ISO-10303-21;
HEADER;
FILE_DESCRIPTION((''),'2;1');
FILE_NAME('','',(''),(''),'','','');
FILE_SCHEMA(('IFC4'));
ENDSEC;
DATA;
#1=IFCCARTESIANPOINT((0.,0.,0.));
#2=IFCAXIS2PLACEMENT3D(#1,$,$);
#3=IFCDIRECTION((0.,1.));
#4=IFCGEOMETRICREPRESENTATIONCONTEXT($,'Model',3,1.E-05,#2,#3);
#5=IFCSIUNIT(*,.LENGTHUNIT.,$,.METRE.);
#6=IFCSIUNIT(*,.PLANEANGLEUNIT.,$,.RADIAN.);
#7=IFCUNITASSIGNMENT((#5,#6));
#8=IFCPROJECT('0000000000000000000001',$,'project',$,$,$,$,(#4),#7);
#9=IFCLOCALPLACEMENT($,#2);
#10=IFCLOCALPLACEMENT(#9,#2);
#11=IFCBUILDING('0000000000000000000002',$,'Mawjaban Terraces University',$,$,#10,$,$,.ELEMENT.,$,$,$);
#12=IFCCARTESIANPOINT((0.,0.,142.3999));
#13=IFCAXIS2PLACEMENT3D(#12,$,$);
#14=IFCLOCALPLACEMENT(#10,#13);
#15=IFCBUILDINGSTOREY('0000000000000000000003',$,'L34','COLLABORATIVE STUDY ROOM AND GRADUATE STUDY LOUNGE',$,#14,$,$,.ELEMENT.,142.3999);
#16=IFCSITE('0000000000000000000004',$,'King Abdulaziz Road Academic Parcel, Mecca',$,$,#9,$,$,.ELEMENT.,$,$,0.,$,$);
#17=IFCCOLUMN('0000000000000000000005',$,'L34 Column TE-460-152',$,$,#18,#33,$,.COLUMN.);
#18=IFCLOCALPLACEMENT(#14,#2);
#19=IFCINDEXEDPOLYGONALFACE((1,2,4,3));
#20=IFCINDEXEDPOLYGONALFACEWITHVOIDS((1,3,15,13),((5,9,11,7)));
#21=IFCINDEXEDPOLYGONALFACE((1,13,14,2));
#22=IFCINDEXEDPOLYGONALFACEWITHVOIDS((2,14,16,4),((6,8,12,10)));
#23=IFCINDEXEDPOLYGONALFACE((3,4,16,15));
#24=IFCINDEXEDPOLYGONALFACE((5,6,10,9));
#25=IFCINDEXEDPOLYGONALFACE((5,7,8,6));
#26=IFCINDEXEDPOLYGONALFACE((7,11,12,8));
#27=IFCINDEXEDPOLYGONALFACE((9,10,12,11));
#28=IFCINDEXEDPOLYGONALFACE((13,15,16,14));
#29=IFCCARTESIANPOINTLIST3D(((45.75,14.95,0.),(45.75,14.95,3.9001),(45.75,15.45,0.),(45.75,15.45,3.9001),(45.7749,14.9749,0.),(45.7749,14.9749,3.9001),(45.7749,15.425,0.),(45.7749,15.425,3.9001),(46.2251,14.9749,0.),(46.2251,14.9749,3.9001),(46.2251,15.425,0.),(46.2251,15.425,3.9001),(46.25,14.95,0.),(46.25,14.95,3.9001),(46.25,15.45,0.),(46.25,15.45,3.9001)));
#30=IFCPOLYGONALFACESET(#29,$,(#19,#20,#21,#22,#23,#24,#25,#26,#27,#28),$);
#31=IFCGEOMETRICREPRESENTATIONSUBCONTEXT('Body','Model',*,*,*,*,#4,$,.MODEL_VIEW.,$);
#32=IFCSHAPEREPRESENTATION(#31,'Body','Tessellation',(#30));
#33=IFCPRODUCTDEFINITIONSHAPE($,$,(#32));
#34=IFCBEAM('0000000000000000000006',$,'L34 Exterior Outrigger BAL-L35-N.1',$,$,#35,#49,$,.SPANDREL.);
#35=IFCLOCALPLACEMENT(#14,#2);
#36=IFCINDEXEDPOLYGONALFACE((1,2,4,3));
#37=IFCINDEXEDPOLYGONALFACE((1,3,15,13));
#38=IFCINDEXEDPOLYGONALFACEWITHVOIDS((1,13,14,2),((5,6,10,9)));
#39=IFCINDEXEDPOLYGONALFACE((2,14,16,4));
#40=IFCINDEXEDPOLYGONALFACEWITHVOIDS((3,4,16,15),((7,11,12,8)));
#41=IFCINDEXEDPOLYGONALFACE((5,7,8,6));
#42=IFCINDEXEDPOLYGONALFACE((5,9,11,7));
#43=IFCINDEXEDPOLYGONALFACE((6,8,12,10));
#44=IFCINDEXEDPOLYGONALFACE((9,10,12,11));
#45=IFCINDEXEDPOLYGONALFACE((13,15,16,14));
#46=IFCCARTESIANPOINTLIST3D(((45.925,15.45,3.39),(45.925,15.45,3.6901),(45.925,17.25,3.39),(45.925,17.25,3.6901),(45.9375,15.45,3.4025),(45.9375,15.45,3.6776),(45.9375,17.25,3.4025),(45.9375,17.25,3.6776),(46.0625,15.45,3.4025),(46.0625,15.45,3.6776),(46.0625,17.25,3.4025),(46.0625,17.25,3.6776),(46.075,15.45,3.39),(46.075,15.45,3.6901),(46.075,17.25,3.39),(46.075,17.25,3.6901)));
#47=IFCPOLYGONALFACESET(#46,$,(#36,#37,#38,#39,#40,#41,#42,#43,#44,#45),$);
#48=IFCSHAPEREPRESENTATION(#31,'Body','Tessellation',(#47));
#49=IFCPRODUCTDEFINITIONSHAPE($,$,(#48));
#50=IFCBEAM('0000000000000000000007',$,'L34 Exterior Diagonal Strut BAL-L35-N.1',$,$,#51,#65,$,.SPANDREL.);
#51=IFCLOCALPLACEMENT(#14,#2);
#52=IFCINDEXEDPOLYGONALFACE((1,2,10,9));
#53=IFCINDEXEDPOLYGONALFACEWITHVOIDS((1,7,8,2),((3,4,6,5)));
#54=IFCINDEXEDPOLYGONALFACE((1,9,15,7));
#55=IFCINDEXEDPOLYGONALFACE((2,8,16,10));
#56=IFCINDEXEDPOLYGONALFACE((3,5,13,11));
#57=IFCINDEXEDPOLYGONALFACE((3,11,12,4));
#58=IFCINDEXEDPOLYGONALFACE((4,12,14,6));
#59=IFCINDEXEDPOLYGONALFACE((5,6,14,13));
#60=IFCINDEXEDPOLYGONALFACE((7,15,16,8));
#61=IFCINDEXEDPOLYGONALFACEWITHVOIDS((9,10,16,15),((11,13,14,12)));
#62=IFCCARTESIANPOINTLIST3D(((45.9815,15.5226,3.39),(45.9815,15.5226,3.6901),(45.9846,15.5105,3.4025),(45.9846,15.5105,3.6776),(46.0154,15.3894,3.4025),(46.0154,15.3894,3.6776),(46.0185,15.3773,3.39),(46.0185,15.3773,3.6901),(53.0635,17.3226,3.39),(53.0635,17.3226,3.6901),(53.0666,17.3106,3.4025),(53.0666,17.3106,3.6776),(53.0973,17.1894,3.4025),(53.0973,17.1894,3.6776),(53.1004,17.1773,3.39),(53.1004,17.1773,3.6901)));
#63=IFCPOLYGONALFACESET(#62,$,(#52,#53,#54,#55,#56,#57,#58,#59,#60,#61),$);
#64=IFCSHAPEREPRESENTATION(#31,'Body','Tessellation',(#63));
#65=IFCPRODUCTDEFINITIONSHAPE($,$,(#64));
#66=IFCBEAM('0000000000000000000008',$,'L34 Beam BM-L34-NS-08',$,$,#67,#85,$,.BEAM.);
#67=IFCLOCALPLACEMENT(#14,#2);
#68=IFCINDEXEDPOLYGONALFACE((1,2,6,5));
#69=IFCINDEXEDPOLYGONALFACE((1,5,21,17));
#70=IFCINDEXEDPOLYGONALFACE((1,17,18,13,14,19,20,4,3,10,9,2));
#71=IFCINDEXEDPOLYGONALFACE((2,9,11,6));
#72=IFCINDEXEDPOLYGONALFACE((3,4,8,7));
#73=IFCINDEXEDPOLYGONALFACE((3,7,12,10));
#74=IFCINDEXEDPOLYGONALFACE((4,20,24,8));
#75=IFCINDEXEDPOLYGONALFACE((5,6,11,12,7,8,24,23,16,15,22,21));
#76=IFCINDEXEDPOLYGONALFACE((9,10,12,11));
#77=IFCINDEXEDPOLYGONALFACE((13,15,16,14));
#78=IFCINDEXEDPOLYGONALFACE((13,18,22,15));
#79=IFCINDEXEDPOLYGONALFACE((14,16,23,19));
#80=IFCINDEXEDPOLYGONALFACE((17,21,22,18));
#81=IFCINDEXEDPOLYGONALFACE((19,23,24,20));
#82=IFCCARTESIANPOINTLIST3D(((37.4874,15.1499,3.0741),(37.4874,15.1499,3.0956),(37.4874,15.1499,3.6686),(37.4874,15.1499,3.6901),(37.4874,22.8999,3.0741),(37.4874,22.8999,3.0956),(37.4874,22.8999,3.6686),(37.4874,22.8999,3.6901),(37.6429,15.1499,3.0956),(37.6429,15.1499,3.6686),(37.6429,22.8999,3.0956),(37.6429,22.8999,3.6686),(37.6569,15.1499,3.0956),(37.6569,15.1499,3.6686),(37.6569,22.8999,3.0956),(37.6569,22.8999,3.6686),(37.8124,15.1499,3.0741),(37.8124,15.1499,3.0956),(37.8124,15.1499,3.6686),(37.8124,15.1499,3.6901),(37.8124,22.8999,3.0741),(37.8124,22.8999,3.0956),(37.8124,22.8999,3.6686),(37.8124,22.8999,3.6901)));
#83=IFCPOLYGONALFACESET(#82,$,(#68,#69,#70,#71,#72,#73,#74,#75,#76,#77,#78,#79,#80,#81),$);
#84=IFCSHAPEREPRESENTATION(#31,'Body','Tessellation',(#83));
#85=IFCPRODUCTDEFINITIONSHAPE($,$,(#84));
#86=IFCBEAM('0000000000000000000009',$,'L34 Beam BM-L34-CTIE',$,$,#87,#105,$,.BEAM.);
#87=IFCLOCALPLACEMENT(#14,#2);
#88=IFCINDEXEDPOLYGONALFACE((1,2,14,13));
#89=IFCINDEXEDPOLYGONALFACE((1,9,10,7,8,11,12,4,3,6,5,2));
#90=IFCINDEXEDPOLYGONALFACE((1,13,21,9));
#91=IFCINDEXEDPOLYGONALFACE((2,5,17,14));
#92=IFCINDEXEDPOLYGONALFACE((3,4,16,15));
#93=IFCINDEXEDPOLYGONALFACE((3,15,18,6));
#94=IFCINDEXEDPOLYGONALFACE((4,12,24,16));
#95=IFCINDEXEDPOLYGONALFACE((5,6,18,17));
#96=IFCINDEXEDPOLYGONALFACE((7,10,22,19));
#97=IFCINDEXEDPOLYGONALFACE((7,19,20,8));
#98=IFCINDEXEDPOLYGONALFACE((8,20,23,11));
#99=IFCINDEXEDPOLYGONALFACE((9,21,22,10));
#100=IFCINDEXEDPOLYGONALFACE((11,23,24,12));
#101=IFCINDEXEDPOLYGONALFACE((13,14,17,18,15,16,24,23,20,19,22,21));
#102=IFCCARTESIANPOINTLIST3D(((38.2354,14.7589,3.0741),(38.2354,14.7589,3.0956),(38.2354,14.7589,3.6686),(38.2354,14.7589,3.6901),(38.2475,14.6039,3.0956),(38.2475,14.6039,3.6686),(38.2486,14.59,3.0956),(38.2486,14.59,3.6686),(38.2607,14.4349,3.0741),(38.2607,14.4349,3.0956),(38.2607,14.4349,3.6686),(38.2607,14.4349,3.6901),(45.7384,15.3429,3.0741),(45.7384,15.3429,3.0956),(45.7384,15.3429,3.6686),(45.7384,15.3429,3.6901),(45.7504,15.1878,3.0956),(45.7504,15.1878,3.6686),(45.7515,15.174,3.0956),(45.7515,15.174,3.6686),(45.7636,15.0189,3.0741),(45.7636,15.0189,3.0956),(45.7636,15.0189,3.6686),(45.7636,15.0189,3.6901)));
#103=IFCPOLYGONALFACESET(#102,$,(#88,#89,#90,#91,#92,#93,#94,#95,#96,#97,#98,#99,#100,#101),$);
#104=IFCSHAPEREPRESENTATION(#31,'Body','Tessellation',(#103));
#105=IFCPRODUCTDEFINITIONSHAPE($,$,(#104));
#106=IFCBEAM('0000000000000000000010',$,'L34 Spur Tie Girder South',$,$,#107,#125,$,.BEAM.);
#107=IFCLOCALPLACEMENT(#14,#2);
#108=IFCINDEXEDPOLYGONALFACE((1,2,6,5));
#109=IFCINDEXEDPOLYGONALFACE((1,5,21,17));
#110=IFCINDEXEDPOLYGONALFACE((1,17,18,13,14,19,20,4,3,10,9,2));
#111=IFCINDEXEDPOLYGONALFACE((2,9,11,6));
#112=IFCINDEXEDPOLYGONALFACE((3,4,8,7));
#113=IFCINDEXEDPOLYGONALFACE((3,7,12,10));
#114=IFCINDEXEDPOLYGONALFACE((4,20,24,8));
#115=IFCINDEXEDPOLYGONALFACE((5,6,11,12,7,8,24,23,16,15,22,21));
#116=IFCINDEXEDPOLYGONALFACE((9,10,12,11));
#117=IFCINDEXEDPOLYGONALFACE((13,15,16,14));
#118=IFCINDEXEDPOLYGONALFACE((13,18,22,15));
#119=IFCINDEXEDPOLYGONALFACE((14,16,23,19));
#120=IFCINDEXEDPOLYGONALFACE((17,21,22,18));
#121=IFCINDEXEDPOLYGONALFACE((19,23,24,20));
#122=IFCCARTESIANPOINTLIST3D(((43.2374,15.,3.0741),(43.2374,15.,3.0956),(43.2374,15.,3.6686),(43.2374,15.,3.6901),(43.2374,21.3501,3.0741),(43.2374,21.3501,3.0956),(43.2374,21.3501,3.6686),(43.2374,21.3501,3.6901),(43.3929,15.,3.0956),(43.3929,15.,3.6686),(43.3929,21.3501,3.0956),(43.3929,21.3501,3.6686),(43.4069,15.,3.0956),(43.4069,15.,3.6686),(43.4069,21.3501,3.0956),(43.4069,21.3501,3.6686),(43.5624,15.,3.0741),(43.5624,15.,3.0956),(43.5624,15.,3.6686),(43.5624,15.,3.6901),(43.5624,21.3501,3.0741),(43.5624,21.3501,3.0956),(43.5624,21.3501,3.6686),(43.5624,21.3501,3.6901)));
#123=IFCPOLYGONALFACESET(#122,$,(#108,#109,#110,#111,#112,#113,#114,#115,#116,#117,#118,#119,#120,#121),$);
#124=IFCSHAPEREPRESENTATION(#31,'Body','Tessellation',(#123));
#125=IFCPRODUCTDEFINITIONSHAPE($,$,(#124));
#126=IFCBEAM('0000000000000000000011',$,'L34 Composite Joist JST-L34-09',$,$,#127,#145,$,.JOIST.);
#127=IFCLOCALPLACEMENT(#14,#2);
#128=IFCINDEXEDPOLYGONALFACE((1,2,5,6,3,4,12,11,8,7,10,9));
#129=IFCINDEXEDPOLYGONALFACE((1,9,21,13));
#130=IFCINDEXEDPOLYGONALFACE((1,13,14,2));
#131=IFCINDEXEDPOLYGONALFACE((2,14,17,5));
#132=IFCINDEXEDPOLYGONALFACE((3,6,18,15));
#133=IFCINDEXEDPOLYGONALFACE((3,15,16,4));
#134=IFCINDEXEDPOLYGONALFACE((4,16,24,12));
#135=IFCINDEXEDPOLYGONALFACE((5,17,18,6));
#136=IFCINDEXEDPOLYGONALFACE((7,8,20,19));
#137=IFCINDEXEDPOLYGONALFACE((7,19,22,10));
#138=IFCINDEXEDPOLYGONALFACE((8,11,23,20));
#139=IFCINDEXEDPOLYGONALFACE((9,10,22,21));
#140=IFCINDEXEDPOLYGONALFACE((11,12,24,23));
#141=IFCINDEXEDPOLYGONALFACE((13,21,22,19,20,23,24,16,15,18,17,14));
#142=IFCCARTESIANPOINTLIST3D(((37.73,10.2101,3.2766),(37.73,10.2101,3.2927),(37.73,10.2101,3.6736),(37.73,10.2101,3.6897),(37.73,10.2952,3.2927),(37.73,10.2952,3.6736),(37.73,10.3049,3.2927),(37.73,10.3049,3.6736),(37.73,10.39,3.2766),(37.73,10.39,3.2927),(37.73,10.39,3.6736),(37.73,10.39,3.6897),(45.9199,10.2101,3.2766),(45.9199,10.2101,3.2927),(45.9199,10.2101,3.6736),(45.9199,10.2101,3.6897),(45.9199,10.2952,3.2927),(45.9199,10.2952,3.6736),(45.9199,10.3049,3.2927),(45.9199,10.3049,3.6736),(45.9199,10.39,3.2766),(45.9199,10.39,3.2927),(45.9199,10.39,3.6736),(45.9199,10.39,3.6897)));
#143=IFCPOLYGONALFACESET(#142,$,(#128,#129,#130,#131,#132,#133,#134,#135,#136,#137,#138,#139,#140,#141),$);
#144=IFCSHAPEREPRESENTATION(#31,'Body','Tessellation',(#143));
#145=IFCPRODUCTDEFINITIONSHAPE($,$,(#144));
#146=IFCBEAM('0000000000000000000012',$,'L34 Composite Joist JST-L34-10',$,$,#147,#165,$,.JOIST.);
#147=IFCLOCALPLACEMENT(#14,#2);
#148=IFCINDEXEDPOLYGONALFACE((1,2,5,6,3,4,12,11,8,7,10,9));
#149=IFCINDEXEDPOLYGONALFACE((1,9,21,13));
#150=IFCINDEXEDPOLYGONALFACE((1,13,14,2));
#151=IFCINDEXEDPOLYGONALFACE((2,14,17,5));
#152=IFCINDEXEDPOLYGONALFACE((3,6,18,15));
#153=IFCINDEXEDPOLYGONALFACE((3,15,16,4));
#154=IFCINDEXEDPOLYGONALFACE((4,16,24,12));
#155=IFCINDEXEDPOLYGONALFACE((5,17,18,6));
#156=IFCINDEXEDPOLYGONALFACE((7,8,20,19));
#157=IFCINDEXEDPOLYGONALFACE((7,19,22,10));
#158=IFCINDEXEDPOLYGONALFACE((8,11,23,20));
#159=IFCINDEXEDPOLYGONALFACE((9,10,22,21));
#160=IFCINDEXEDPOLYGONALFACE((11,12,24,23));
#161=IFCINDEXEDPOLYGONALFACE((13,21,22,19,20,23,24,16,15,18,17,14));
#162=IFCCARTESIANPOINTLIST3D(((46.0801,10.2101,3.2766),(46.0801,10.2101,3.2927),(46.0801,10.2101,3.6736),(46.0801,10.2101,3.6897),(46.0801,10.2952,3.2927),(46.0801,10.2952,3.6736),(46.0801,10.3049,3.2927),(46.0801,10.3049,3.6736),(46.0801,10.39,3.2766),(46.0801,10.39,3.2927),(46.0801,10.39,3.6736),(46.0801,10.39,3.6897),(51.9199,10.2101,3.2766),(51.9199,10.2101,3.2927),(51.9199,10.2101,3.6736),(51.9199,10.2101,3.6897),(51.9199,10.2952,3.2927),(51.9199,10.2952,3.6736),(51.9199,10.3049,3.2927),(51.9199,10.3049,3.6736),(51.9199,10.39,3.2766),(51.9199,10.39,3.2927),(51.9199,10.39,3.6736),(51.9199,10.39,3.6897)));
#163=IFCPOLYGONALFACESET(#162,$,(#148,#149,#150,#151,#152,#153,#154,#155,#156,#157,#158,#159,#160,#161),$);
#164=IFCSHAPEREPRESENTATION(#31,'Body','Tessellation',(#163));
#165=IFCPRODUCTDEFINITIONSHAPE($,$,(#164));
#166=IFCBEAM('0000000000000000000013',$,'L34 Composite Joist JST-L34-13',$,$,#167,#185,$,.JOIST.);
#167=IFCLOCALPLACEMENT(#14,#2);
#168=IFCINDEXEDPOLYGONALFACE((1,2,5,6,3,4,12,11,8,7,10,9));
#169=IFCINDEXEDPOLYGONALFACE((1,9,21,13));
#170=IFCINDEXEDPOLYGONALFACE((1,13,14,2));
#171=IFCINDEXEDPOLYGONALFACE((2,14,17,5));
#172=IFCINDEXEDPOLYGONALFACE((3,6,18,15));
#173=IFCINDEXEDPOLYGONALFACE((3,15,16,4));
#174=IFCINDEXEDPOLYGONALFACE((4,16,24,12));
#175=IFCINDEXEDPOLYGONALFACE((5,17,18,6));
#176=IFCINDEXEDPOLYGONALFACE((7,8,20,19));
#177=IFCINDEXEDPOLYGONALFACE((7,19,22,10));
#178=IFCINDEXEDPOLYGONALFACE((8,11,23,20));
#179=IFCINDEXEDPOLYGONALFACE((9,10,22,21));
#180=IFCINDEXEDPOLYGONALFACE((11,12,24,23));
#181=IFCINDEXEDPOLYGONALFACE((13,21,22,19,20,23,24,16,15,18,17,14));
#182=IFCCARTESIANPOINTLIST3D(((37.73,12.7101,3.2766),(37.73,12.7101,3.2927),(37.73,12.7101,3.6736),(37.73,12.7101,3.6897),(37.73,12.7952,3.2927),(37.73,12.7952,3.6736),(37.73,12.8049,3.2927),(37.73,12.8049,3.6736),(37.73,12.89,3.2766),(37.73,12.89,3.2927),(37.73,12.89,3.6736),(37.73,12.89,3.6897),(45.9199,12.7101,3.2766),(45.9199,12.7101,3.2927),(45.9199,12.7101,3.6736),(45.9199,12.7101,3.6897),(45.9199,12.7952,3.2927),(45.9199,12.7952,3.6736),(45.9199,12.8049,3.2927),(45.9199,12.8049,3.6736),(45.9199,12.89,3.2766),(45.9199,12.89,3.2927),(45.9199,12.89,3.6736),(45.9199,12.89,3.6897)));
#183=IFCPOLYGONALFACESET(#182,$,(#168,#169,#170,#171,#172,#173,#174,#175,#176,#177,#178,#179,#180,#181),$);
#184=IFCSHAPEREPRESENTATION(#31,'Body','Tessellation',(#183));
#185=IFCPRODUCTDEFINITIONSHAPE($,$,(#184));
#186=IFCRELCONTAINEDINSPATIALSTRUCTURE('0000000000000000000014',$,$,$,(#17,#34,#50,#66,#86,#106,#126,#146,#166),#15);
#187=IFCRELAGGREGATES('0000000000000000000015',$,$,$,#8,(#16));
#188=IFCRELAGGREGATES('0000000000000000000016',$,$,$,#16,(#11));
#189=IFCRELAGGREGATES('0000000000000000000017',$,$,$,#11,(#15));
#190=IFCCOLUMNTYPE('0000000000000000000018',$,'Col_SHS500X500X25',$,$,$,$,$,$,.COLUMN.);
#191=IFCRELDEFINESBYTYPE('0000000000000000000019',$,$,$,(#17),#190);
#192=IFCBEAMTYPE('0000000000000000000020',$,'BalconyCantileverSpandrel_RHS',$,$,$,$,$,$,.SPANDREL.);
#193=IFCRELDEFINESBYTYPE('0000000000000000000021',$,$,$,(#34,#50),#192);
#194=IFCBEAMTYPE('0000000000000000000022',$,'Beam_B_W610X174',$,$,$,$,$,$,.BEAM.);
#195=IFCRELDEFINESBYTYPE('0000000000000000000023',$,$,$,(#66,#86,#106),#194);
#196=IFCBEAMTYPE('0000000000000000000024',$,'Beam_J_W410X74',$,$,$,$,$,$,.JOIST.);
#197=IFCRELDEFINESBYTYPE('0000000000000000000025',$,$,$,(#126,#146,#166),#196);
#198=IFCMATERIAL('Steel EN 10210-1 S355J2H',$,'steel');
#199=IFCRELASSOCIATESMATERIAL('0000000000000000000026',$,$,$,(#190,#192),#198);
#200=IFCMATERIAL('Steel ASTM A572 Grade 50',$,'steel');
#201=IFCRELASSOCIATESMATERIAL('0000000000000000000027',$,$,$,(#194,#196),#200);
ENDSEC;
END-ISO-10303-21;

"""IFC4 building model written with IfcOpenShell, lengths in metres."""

from ifc_helpers import new_model, si_unit, direction, frame, origin, origin_2d, place, context, subcontext, project, spatial, hollow_rectangle, i_section, extrude, material, material_profile, profile_set, type_object, element, save


model = new_model("IFC4")

# Units and contexts
model_context = context("Model", 3, precision=1e-05, world=origin(), true_north=direction((0.0, 1.0)))
body_context = subcontext(model_context, "Body", "Model", "MODEL_VIEW")
ifc_project = project(units=[si_unit("LENGTHUNIT", "METRE"), si_unit("PLANEANGLEUNIT", "RADIAN")], contexts=[model_context])

# Site, building, storey
site_placement = place(None, origin())
site = spatial("IfcSite", under=ifc_project, at=site_placement, Name="King Abdulaziz Road Academic Parcel, Mecca", CompositionType="ELEMENT", RefElevation=0.0)
building_placement = place(site_placement, origin())
building = spatial("IfcBuilding", under=site, at=building_placement, Name="Mawjaban Terraces University", CompositionType="ELEMENT")
storey_placement = place(building_placement, frame((0.0, 0.0, 142.3999)))
storey = spatial("IfcBuildingStorey", under=building, at=storey_placement, Name="L34", Description="COLLABORATIVE STUDY ROOM AND GRADUATE STUDY LOUNGE", CompositionType="ELEMENT", Elevation=142.3999)

# Column
ifc_material_1 = material(Name="Steel EN 10210-1 S355J2H", Category="steel")
ifc_material_profile_1 = material_profile(ifc_material_1, hollow_rectangle(XDim=0.5, YDim=0.5, WallThickness=0.0249, at=origin_2d()), Name="SHS500X500X25")
ifc_profile_set_1 = profile_set([ifc_material_profile_1], Name="Steel EN 10210-1 S355J2H")
column_type = type_object("IfcColumnType", Name="Col_SHS500X500X25", PredefinedType="COLUMN", material=ifc_profile_set_1)
column_placement = place(storey_placement, frame((46.0, 15.2, 0.0), z_axis=(0.0, 0.0, 1.0), x_axis=(1.0, 0.0, 0.0)))
element("IfcColumn", 1, at=column_placement, inside=storey, type_object=column_type, Name="L34 Column TE-460-152", PredefinedType="COLUMN", context=body_context, shape_type="SweptSolid", body=[
    extrude(hollow_rectangle(XDim=0.5, YDim=0.5, WallThickness=0.0249, at=origin_2d()), origin(), (0.0, 0.0, 1.0), 3.9001),
])

# Beams
ifc_material_profile_2 = material_profile(ifc_material_1, hollow_rectangle(XDim=0.1499, YDim=0.3, WallThickness=0.0125, at=origin_2d()), Name="RHS300X150X12.5")
ifc_profile_set_2 = profile_set([ifc_material_profile_2], Name="Steel EN 10210-1 S355J2H")
beam_type_1 = type_object("IfcBeamType", Name="BalconyCantileverSpandrel_RHS", PredefinedType="SPANDREL", material=ifc_profile_set_2)
beam_1_placement = place(storey_placement, frame((46.0, 15.45, 3.54), z_axis=(0.0, 1.0, 0.0), x_axis=(-1.0, 0.0, 0.0)))
element("IfcBeam", 2, at=beam_1_placement, inside=storey, type_object=beam_type_1, Name="L34 Exterior Outrigger BAL-L35-N.1", PredefinedType="SPANDREL", context=body_context, shape_type="SweptSolid", body=[
    extrude(hollow_rectangle(XDim=0.1499, YDim=0.3, WallThickness=0.0125, at=origin_2d()), origin(), (0.0, 0.0, 1.0), 1.8),
])
beam_2_placement = place(storey_placement, frame((46.0, 15.45, 3.54), z_axis=(0.969184, 0.246339, 0.0), x_axis=(-0.246339, 0.969184, 0.0)))
element("IfcBeam", 3, at=beam_2_placement, inside=storey, type_object=beam_type_1, Name="L34 Exterior Diagonal Strut BAL-L35-N.1", PredefinedType="SPANDREL", context=body_context, shape_type="SweptSolid", body=[
    extrude(hollow_rectangle(XDim=0.1499, YDim=0.3, WallThickness=0.0125, at=origin_2d()), origin(), (0.0, 0.0, 1.0), 7.3071),
])
ifc_material_2 = material(Name="Steel ASTM A572 Grade 50", Category="steel")
ifc_material_profile_3 = material_profile(ifc_material_2, i_section(OverallWidth=0.325, OverallDepth=0.616, WebThickness=0.0139, FlangeThickness=0.0215, at=origin_2d()), Name="W610X174")
ifc_profile_set_3 = profile_set([ifc_material_profile_3], Name="Steel ASTM A572 Grade 50")
beam_type_2 = type_object("IfcBeamType", Name="Beam_B_W610X174", PredefinedType="BEAM", material=ifc_profile_set_3)
beam_3_placement = place(storey_placement, frame((37.6499, 15.1499, 3.3821), z_axis=(0.0, 1.0, 0.0), x_axis=(-1.0, 0.0, 0.0)))
element("IfcBeam", 4, at=beam_3_placement, inside=storey, type_object=beam_type_2, Name="L34 Beam BM-L34-NS-08", PredefinedType="BEAM", context=body_context, shape_type="SweptSolid", body=[
    extrude(i_section(OverallWidth=0.325, OverallDepth=0.616, WebThickness=0.0139, FlangeThickness=0.0215, at=origin_2d()), origin(), (0.0, 0.0, 1.0), 7.75),
])
beam_4_placement = place(storey_placement, frame((38.248, 14.5969, 3.3821), z_axis=(0.996985, 0.077599, 0.0), x_axis=(-0.077599, 0.996985, 0.0)))
element("IfcBeam", 5, at=beam_4_placement, inside=storey, type_object=beam_type_2, Name="L34 Beam BM-L34-CTIE", PredefinedType="BEAM", context=body_context, shape_type="SweptSolid", body=[
    extrude(i_section(OverallWidth=0.325, OverallDepth=0.616, WebThickness=0.0139, FlangeThickness=0.0215, at=origin_2d()), origin(), (0.0, 0.0, 1.0), 7.5256),
])
beam_5_placement = place(storey_placement, frame((43.3999, 15.0, 3.3821), z_axis=(0.0, 1.0, 0.0), x_axis=(-1.0, 0.0, 0.0)))
element("IfcBeam", 6, at=beam_5_placement, inside=storey, type_object=beam_type_2, Name="L34 Spur Tie Girder South", PredefinedType="BEAM", context=body_context, shape_type="SweptSolid", body=[
    extrude(i_section(OverallWidth=0.325, OverallDepth=0.616, WebThickness=0.0139, FlangeThickness=0.0215, at=origin_2d()), origin(), (0.0, 0.0, 1.0), 6.3501),
])
ifc_material_profile_4 = material_profile(ifc_material_2, i_section(OverallWidth=0.1799, OverallDepth=0.4131, WebThickness=0.0098, FlangeThickness=0.0161, at=origin_2d()), Name="W410X74")
ifc_profile_set_4 = profile_set([ifc_material_profile_4], Name="Steel ASTM A572 Grade 50")
beam_type_3 = type_object("IfcBeamType", Name="Beam_J_W410X74", PredefinedType="JOIST", material=ifc_profile_set_4)
beam_6_placement = place(storey_placement, frame((37.73, 10.3, 3.4832), z_axis=(1.0, 0.0, 0.0), x_axis=(0.0, 1.0, 0.0)))
element("IfcBeam", 7, at=beam_6_placement, inside=storey, type_object=beam_type_3, Name="L34 Composite Joist JST-L34-09", PredefinedType="JOIST", context=body_context, shape_type="SweptSolid", body=[
    extrude(i_section(OverallWidth=0.1799, OverallDepth=0.4131, WebThickness=0.0098, FlangeThickness=0.0161, at=origin_2d()), origin(), (0.0, 0.0, 1.0), 8.1899),
])
beam_7_placement = place(storey_placement, frame((46.0801, 10.3, 3.4832), z_axis=(1.0, 0.0, 0.0), x_axis=(0.0, 1.0, 0.0)))
element("IfcBeam", 8, at=beam_7_placement, inside=storey, type_object=beam_type_3, Name="L34 Composite Joist JST-L34-10", PredefinedType="JOIST", context=body_context, shape_type="SweptSolid", body=[
    extrude(i_section(OverallWidth=0.1799, OverallDepth=0.4131, WebThickness=0.0098, FlangeThickness=0.0161, at=origin_2d()), origin(), (0.0, 0.0, 1.0), 5.8398),
])
beam_8_placement = place(storey_placement, frame((37.73, 12.8, 3.4832), z_axis=(1.0, 0.0, 0.0), x_axis=(0.0, 1.0, 0.0)))
element("IfcBeam", 9, at=beam_8_placement, inside=storey, type_object=beam_type_3, Name="L34 Composite Joist JST-L34-13", PredefinedType="JOIST", context=body_context, shape_type="SweptSolid", body=[
    extrude(i_section(OverallWidth=0.1799, OverallDepth=0.4131, WebThickness=0.0098, FlangeThickness=0.0161, at=origin_2d()), origin(), (0.0, 0.0, 1.0), 8.1899),
])

save(model, "model.ifc")
